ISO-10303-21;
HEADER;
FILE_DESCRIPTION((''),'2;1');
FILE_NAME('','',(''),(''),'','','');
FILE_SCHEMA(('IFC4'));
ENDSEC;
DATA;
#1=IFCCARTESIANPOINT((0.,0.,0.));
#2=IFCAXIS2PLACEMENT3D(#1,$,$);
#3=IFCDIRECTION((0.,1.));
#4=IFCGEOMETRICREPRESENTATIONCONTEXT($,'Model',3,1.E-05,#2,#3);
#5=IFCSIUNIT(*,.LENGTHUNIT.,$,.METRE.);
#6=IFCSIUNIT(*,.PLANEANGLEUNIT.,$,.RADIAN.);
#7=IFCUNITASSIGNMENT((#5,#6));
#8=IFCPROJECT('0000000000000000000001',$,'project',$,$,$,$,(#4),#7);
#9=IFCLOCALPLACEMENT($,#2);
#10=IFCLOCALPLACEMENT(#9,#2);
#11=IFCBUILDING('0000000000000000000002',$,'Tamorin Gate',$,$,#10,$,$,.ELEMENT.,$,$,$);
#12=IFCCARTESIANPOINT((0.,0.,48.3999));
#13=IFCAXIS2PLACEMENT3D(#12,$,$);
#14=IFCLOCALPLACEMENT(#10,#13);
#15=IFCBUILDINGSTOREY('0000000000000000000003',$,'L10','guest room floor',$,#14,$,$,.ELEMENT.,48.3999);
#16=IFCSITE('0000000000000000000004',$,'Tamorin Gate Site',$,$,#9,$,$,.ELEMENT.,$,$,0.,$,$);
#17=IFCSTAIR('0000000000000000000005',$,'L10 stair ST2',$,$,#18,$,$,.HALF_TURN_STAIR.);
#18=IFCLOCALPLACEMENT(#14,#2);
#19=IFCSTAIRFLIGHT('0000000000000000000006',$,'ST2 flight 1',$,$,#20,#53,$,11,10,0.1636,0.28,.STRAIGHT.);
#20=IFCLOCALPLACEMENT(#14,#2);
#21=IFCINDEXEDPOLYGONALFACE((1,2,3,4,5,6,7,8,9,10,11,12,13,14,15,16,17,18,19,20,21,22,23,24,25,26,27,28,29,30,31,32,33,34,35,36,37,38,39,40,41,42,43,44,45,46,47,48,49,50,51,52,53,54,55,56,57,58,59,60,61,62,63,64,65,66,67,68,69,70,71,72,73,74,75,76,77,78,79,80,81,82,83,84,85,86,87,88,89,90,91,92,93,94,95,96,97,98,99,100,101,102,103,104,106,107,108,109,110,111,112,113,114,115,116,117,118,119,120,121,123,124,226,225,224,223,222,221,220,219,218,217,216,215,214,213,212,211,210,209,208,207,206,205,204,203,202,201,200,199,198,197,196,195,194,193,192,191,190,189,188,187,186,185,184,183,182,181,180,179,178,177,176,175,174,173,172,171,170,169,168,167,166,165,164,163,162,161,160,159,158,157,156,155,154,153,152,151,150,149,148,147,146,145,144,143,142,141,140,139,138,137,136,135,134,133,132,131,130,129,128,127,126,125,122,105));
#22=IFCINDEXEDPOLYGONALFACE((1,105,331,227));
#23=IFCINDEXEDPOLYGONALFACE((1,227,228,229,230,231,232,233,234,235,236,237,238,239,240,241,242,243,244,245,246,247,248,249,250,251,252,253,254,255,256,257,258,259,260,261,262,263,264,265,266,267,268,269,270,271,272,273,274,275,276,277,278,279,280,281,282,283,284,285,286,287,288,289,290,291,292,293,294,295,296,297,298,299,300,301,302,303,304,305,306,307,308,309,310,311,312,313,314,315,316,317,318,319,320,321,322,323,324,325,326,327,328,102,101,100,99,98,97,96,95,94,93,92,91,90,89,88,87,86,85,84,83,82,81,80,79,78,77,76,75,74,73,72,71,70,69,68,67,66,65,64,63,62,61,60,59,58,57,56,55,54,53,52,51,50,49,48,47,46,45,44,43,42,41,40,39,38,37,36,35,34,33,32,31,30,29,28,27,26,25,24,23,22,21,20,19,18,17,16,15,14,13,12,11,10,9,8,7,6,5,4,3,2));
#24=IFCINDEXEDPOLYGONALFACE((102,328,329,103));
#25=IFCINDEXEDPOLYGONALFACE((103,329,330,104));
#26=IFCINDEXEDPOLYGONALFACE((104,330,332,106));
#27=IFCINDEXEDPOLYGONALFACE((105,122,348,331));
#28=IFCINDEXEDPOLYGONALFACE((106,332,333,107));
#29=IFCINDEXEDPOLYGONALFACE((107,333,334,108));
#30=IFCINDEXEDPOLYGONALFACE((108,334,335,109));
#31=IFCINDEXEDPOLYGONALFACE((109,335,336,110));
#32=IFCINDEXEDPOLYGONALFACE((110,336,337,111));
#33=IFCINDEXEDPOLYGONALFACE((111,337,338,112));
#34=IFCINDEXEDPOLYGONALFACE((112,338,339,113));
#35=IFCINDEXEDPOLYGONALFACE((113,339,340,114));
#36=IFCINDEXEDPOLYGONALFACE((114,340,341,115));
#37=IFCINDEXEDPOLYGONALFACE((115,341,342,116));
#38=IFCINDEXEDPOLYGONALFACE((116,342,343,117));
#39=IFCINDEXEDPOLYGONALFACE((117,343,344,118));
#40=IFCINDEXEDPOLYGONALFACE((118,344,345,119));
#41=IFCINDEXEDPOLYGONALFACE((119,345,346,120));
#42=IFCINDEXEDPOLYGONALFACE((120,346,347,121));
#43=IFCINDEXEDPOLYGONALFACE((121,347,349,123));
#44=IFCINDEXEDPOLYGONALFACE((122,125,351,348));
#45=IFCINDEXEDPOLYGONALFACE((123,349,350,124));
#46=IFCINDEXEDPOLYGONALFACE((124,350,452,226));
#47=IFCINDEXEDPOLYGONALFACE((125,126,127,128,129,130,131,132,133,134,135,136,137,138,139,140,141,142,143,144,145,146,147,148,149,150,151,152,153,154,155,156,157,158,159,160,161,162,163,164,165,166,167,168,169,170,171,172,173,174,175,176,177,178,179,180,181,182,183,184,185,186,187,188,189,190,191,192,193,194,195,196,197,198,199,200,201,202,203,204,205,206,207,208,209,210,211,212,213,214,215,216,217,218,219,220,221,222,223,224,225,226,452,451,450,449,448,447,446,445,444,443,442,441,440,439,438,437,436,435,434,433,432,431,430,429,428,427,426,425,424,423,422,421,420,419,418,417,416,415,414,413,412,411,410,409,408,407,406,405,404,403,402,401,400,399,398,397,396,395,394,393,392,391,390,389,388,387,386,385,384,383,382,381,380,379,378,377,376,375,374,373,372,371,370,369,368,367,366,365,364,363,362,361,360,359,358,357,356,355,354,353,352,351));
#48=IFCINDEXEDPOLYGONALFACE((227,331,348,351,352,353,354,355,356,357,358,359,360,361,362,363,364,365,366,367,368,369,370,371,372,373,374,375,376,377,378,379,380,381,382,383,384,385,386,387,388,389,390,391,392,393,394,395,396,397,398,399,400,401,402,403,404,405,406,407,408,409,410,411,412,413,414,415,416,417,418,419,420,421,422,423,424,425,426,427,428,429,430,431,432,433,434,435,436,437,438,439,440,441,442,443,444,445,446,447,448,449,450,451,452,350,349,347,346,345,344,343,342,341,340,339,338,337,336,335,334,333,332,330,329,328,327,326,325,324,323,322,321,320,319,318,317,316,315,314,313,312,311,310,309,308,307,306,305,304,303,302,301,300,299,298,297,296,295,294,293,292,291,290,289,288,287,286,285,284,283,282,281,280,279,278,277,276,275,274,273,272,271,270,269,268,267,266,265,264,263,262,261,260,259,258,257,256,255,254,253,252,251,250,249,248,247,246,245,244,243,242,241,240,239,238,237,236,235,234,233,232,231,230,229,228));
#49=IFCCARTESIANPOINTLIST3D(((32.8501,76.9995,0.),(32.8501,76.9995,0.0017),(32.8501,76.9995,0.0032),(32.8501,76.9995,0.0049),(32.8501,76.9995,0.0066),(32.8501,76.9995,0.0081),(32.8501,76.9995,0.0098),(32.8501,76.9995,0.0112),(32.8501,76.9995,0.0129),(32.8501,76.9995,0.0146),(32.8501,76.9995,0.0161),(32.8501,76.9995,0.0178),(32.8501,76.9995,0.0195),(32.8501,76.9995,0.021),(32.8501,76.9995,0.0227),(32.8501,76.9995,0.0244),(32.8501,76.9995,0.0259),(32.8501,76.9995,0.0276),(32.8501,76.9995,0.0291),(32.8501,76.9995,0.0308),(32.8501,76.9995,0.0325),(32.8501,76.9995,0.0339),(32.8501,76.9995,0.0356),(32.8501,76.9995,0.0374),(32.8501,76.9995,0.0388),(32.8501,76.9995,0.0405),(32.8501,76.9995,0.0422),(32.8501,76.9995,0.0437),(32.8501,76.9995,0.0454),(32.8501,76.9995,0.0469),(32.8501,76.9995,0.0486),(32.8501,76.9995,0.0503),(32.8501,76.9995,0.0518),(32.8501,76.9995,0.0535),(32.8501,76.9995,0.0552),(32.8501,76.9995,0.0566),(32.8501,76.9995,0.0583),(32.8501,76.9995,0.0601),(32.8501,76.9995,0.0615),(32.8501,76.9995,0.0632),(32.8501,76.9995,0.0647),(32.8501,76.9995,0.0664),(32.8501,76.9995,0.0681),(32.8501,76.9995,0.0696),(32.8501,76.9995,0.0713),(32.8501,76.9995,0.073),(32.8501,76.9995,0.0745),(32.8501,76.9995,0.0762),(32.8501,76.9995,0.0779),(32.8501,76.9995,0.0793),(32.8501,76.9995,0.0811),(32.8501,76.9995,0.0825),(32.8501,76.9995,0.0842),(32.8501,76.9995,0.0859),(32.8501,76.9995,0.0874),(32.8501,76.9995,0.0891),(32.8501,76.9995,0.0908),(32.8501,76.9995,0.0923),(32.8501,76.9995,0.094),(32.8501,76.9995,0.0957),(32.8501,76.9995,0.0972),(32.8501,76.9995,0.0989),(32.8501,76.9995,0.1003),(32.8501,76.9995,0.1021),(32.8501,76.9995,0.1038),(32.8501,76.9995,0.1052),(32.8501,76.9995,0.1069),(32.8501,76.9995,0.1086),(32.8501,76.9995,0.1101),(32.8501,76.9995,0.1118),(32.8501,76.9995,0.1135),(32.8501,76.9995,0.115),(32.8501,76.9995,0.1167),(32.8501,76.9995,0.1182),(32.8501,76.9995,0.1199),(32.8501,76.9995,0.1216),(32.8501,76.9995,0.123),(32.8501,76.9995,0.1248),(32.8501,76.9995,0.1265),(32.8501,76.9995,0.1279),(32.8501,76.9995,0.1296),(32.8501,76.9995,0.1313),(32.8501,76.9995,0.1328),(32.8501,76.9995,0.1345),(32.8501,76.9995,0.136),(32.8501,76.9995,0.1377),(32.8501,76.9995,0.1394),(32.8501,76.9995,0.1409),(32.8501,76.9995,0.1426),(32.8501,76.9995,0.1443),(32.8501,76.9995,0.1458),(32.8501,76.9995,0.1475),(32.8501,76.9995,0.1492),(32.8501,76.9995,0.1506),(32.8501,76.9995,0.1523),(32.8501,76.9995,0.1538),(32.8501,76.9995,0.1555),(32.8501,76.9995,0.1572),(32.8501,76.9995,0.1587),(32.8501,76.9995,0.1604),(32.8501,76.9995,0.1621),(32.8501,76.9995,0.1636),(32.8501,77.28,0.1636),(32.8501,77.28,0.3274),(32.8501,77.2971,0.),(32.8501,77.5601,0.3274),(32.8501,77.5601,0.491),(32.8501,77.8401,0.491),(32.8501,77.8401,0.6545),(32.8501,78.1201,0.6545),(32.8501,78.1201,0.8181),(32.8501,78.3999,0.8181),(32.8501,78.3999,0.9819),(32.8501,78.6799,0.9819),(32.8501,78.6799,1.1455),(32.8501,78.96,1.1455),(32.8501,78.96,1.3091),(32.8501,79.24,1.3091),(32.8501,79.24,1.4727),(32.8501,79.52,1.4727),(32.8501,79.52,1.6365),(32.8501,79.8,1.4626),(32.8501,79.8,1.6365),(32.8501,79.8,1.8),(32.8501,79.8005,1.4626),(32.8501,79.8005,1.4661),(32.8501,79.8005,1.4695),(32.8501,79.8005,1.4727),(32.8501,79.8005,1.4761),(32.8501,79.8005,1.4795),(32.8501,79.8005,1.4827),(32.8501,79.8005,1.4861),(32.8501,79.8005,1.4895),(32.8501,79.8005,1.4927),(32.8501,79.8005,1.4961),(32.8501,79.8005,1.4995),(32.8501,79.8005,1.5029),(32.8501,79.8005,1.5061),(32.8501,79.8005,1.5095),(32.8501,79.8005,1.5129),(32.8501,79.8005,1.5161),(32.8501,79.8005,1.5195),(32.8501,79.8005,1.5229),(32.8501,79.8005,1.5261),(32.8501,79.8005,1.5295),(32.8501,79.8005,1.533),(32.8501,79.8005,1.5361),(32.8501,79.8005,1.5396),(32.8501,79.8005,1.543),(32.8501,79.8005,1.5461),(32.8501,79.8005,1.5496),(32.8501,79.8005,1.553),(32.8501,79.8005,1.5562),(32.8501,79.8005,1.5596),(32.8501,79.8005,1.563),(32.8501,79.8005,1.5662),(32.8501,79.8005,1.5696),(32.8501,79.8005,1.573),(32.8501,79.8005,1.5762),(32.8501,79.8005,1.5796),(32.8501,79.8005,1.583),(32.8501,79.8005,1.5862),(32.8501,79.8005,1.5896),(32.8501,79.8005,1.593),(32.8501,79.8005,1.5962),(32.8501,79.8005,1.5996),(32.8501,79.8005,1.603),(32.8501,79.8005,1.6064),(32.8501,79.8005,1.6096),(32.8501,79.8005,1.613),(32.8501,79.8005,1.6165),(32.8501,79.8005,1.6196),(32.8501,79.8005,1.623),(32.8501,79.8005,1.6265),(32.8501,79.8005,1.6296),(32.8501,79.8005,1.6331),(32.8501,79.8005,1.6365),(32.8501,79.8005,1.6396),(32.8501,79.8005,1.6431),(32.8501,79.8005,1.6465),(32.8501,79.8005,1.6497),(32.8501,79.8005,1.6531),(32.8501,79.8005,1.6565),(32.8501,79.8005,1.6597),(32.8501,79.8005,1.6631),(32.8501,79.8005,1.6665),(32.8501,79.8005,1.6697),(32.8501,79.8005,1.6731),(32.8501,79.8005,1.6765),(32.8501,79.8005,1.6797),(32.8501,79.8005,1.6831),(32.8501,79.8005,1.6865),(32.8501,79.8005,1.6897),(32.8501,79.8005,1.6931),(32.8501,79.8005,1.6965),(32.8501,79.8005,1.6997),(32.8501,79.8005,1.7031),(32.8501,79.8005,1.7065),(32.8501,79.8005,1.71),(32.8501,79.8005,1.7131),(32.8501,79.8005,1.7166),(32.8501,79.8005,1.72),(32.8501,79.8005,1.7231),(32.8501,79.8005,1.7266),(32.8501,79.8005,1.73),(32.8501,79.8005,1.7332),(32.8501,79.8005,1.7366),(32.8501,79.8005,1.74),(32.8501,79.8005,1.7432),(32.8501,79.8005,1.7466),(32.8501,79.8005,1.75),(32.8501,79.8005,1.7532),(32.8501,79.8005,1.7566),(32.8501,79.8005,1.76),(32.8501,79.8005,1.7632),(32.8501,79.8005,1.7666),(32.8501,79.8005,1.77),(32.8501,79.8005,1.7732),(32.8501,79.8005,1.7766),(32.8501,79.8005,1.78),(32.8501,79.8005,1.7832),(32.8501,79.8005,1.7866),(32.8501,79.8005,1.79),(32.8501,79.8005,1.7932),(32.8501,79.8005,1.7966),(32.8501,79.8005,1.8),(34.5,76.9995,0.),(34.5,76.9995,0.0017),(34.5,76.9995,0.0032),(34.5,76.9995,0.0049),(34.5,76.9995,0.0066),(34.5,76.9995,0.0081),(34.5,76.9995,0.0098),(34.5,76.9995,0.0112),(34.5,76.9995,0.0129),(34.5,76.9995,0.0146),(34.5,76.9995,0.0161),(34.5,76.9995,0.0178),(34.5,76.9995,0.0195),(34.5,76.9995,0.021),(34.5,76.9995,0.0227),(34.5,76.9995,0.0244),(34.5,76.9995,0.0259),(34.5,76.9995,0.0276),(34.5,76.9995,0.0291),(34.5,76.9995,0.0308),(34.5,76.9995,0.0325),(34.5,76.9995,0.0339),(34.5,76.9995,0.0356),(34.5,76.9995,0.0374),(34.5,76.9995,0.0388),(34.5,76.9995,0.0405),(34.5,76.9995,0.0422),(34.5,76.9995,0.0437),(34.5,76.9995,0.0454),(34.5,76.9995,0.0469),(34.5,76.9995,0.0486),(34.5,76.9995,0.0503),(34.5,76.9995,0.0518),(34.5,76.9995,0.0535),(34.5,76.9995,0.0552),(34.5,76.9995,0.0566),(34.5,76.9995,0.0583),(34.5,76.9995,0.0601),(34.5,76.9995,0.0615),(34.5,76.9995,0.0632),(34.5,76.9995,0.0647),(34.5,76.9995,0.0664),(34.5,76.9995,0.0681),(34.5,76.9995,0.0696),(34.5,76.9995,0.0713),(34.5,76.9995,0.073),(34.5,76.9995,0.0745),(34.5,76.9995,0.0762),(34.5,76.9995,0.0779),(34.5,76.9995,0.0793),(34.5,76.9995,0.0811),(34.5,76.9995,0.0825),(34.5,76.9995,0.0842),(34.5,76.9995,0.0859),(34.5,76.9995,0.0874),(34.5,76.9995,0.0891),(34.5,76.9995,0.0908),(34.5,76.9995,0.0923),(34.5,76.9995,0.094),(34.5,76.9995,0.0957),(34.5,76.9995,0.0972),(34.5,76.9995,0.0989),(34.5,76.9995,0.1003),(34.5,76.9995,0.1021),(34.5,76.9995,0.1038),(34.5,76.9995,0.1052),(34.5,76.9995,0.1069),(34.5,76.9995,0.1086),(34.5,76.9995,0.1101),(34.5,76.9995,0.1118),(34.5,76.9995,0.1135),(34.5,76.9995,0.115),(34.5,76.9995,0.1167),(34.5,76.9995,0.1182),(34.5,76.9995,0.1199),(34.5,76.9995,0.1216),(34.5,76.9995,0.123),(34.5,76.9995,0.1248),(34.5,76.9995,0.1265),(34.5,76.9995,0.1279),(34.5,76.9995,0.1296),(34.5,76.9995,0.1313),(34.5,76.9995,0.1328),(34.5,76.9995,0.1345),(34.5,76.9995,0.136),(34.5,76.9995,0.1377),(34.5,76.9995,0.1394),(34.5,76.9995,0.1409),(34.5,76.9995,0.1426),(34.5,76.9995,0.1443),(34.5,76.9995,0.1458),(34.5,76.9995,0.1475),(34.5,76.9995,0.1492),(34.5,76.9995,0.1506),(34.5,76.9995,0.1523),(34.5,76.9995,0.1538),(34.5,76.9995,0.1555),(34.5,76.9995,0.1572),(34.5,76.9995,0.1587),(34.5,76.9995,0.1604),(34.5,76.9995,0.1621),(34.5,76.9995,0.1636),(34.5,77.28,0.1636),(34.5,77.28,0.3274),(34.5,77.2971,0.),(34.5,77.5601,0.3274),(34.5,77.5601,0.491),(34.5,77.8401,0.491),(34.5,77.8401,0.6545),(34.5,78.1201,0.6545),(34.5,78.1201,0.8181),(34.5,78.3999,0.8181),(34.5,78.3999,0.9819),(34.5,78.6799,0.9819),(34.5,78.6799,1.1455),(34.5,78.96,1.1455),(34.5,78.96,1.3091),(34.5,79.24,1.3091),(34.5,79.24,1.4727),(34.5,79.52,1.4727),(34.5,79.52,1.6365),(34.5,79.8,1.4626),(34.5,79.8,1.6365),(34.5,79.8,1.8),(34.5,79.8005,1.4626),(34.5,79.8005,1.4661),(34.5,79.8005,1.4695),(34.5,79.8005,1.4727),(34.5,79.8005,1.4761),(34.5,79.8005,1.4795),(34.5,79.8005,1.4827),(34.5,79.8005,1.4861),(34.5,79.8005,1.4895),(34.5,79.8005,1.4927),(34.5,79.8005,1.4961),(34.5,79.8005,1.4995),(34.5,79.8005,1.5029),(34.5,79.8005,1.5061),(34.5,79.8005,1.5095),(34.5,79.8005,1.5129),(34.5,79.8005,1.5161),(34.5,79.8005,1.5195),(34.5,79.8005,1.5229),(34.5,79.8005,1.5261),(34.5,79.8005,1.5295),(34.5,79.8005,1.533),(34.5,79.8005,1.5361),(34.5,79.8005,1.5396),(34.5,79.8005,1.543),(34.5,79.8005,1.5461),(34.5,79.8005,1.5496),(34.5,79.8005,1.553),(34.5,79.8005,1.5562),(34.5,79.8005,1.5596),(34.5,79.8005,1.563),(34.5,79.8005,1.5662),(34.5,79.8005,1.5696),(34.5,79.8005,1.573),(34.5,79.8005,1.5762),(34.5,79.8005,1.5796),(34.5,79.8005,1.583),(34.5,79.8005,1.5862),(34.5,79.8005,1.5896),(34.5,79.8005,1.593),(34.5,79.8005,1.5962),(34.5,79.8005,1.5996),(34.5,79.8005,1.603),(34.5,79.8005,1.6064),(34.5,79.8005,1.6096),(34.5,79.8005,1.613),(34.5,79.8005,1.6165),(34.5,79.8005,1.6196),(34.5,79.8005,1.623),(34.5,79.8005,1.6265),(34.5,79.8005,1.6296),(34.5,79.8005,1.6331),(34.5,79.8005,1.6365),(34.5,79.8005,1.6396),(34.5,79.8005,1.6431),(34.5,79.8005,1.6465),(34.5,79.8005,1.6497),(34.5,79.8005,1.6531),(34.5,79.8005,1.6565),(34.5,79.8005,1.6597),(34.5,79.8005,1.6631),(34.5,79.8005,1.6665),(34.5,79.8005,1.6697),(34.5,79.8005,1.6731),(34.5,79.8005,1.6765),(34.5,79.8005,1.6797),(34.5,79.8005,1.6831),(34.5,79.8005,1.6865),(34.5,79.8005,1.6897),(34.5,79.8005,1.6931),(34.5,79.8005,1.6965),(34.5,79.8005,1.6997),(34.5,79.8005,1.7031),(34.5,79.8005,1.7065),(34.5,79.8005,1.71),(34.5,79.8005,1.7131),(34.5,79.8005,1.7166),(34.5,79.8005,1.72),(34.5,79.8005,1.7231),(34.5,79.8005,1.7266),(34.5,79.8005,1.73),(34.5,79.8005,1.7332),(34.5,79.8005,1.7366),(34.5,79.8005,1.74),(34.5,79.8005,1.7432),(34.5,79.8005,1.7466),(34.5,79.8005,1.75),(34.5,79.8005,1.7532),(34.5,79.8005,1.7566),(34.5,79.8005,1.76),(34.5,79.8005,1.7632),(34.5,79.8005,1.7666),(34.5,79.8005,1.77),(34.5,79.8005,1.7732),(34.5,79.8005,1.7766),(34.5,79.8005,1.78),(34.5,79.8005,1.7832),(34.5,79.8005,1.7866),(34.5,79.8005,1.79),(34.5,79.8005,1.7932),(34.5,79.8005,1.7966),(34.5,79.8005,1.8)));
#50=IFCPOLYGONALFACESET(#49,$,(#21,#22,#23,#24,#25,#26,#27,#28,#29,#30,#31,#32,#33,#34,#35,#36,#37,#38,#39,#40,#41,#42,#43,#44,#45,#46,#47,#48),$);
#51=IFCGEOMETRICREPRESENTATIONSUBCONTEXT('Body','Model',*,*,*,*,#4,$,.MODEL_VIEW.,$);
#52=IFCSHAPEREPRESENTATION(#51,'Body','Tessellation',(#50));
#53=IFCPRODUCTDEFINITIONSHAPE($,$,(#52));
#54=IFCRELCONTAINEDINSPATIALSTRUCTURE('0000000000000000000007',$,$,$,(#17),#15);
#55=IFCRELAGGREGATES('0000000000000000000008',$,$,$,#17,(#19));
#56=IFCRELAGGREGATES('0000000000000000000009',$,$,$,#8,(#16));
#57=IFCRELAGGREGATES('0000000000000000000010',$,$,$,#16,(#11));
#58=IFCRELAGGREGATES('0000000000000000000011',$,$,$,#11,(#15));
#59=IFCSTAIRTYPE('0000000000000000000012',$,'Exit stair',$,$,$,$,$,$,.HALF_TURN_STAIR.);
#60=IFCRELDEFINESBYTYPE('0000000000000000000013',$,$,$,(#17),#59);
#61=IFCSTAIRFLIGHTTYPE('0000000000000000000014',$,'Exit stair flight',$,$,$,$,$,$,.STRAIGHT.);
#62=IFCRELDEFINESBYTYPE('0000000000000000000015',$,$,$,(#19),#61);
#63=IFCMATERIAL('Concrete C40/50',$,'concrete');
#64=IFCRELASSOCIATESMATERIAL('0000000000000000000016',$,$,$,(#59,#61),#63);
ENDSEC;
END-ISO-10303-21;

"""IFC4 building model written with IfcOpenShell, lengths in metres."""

from ifc_helpers import new_model, si_unit, direction, frame, origin, place, context, subcontext, project, spatial, polyline, outline, extrude, material, type_object, element, aggregate, save


model = new_model("IFC4")

# Units and contexts
model_context = context("Model", 3, precision=1e-05, world=origin(), true_north=direction((0.0, 1.0)))
body_context = subcontext(model_context, "Body", "Model", "MODEL_VIEW")
ifc_project = project(units=[si_unit("LENGTHUNIT", "METRE"), si_unit("PLANEANGLEUNIT", "RADIAN")], contexts=[model_context])

# Site, building, storey
site_placement = place(None, origin())
site = spatial("IfcSite", under=ifc_project, at=site_placement, Name="Tamorin Gate Site", CompositionType="ELEMENT", RefElevation=0.0)
building_placement = place(site_placement, origin())
building = spatial("IfcBuilding", under=site, at=building_placement, Name="Tamorin Gate", CompositionType="ELEMENT")
storey_placement = place(building_placement, frame((0.0, 0.0, 48.3999)))
storey = spatial("IfcBuildingStorey", under=building, at=storey_placement, Name="L10", Description="guest room floor", CompositionType="ELEMENT", Elevation=48.3999)

# Shared definitions
ifc_material_1 = material(Name="Concrete C40/50", Category="concrete")

# Stair, stair flight
stair_type = type_object("IfcStairType", Name="Exit stair", PredefinedType="HALF_TURN_STAIR", material=ifc_material_1)
stair_placement = place(storey_placement, origin())
stair = element("IfcStair", 1, at=stair_placement, inside=storey, type_object=stair_type, Name="L10 stair ST2", PredefinedType="HALF_TURN_STAIR")
stair_flight_type = type_object("IfcStairFlightType", Name="Exit stair flight", PredefinedType="STRAIGHT", material=ifc_material_1)
stair_flight_1_placement = place(storey_placement, frame((33.675, 77.0, 0.0), z_axis=(0.0, 0.0, 1.0), x_axis=(0.0, 1.0, 0.0)))
stair_flight_1 = element("IfcStairFlight", 2, at=stair_flight_1_placement, type_object=stair_flight_type, Name="ST2 flight 1", NumberOfRisers=11, NumberOfTreads=10, PredefinedType="STRAIGHT", RiserHeight=0.1636, TreadLength=0.28, context=body_context, shape_type="SweptSolid", body=[
    extrude(outline(polyline([(-0.0005, 0.0), (-0.0005, 0.0017), (-0.0005, 0.0032), (-0.0005, 0.0049), (-0.0005, 0.0066), (-0.0005, 0.0081), (-0.0005, 0.0098), (-0.0005, 0.0112), (-0.0005, 0.0129), (-0.0005, 0.0146), (-0.0005, 0.0161), (-0.0005, 0.0178), (-0.0005, 0.0195), (-0.0005, 0.021), (-0.0005, 0.0227), (-0.0005, 0.0244), (-0.0005, 0.0259), (-0.0005, 0.0276), (-0.0005, 0.0291), (-0.0005, 0.0308), (-0.0005, 0.0325), (-0.0005, 0.0339), (-0.0005, 0.0356), (-0.0005, 0.0374), (-0.0005, 0.0388), (-0.0005, 0.0405), (-0.0005, 0.0422), (-0.0005, 0.0437), (-0.0005, 0.0454), (-0.0005, 0.0469), (-0.0005, 0.0486), (-0.0005, 0.0503), (-0.0005, 0.0518), (-0.0005, 0.0535), (-0.0005, 0.0552), (-0.0005, 0.0566), (-0.0005, 0.0583), (-0.0005, 0.0601), (-0.0005, 0.0615), (-0.0005, 0.0632), (-0.0005, 0.0647), (-0.0005, 0.0664), (-0.0005, 0.0681), (-0.0005, 0.0696), (-0.0005, 0.0713), (-0.0005, 0.073), (-0.0005, 0.0745), (-0.0005, 0.0762), (-0.0005, 0.0779), (-0.0005, 0.0793), (-0.0005, 0.0811), (-0.0005, 0.0825), (-0.0005, 0.0842), (-0.0005, 0.0859), (-0.0005, 0.0874), (-0.0005, 0.0891), (-0.0005, 0.0908), (-0.0005, 0.0923), (-0.0005, 0.094), (-0.0005, 0.0957), (-0.0005, 0.0972), (-0.0005, 0.0989), (-0.0005, 0.1003), (-0.0005, 0.1021), (-0.0005, 0.1038), (-0.0005, 0.1052), (-0.0005, 0.1069), (-0.0005, 0.1086), (-0.0005, 0.1101), (-0.0005, 0.1118), (-0.0005, 0.1135), (-0.0005, 0.115), (-0.0005, 0.1167), (-0.0005, 0.1182), (-0.0005, 0.1199), (-0.0005, 0.1216), (-0.0005, 0.123), (-0.0005, 0.1248), (-0.0005, 0.1265), (-0.0005, 0.1279), (-0.0005, 0.1296), (-0.0005, 0.1313), (-0.0005, 0.1328), (-0.0005, 0.1345), (-0.0005, 0.136), (-0.0005, 0.1377), (-0.0005, 0.1394), (-0.0005, 0.1409), (-0.0005, 0.1426), (-0.0005, 0.1443), (-0.0005, 0.1458), (-0.0005, 0.1475), (-0.0005, 0.1492), (-0.0005, 0.1506), (-0.0005, 0.1523), (-0.0005, 0.1538), (-0.0005, 0.1555), (-0.0005, 0.1572), (-0.0005, 0.1587), (-0.0005, 0.1604), (-0.0005, 0.1621), (-0.0005, 0.1636), (0.28, 0.1636), (0.28, 0.3274), (0.5601, 0.3274), (0.5601, 0.491), (0.8401, 0.491), (0.8401, 0.6545), (1.1201, 0.6545), (1.1201, 0.8181), (1.3999, 0.8181), (1.3999, 0.9819), (1.6799, 0.9819), (1.6799, 1.1455), (1.96, 1.1455), (1.96, 1.3091), (2.24, 1.3091), (2.24, 1.4727), (2.52, 1.4727), (2.52, 1.6365), (2.8, 1.6365), (2.8, 1.8), (2.8005, 1.8), (2.8005, 1.7966), (2.8005, 1.7932), (2.8005, 1.79), (2.8005, 1.7866), (2.8005, 1.7832), (2.8005, 1.78), (2.8005, 1.7766), (2.8005, 1.7732), (2.8005, 1.77), (2.8005, 1.7666), (2.8005, 1.7632), (2.8005, 1.76), (2.8005, 1.7566), (2.8005, 1.7532), (2.8005, 1.75), (2.8005, 1.7466), (2.8005, 1.7432), (2.8005, 1.74), (2.8005, 1.7366), (2.8005, 1.7332), (2.8005, 1.73), (2.8005, 1.7266), (2.8005, 1.7231), (2.8005, 1.72), (2.8005, 1.7166), (2.8005, 1.7131), (2.8005, 1.71), (2.8005, 1.7065), (2.8005, 1.7031), (2.8005, 1.6997), (2.8005, 1.6965), (2.8005, 1.6931), (2.8005, 1.6897), (2.8005, 1.6865), (2.8005, 1.6831), (2.8005, 1.6797), (2.8005, 1.6765), (2.8005, 1.6731), (2.8005, 1.6697), (2.8005, 1.6665), (2.8005, 1.6631), (2.8005, 1.6597), (2.8005, 1.6565), (2.8005, 1.6531), (2.8005, 1.6497), (2.8005, 1.6465), (2.8005, 1.6431), (2.8005, 1.6396), (2.8005, 1.6365), (2.8005, 1.6331), (2.8005, 1.6296), (2.8005, 1.6265), (2.8005, 1.623), (2.8005, 1.6196), (2.8005, 1.6165), (2.8005, 1.613), (2.8005, 1.6096), (2.8005, 1.6064), (2.8005, 1.603), (2.8005, 1.5996), (2.8005, 1.5962), (2.8005, 1.593), (2.8005, 1.5896), (2.8005, 1.5862), (2.8005, 1.583), (2.8005, 1.5796), (2.8005, 1.5762), (2.8005, 1.573), (2.8005, 1.5696), (2.8005, 1.5662), (2.8005, 1.563), (2.8005, 1.5596), (2.8005, 1.5562), (2.8005, 1.553), (2.8005, 1.5496), (2.8005, 1.5461), (2.8005, 1.543), (2.8005, 1.5396), (2.8005, 1.5361), (2.8005, 1.533), (2.8005, 1.5295), (2.8005, 1.5261), (2.8005, 1.5229), (2.8005, 1.5195), (2.8005, 1.5161), (2.8005, 1.5129), (2.8005, 1.5095), (2.8005, 1.5061), (2.8005, 1.5029), (2.8005, 1.4995), (2.8005, 1.4961), (2.8005, 1.4927), (2.8005, 1.4895), (2.8005, 1.4861), (2.8005, 1.4827), (2.8005, 1.4795), (2.8005, 1.4761), (2.8005, 1.4727), (2.8005, 1.4695), (2.8005, 1.4661), (2.8005, 1.4626), (2.8, 1.4626), (0.2971, 0.0), (-0.0005, 0.0)])), frame((0.0, 0.825, 0.0), z_axis=(0.0, -1.0, 0.0), x_axis=(1.0, 0.0, 0.0)), (0.0, 0.0, 1.0), 1.6499),
])
aggregate(stair, [stair_flight_1])

save(model, "model.ifc")
